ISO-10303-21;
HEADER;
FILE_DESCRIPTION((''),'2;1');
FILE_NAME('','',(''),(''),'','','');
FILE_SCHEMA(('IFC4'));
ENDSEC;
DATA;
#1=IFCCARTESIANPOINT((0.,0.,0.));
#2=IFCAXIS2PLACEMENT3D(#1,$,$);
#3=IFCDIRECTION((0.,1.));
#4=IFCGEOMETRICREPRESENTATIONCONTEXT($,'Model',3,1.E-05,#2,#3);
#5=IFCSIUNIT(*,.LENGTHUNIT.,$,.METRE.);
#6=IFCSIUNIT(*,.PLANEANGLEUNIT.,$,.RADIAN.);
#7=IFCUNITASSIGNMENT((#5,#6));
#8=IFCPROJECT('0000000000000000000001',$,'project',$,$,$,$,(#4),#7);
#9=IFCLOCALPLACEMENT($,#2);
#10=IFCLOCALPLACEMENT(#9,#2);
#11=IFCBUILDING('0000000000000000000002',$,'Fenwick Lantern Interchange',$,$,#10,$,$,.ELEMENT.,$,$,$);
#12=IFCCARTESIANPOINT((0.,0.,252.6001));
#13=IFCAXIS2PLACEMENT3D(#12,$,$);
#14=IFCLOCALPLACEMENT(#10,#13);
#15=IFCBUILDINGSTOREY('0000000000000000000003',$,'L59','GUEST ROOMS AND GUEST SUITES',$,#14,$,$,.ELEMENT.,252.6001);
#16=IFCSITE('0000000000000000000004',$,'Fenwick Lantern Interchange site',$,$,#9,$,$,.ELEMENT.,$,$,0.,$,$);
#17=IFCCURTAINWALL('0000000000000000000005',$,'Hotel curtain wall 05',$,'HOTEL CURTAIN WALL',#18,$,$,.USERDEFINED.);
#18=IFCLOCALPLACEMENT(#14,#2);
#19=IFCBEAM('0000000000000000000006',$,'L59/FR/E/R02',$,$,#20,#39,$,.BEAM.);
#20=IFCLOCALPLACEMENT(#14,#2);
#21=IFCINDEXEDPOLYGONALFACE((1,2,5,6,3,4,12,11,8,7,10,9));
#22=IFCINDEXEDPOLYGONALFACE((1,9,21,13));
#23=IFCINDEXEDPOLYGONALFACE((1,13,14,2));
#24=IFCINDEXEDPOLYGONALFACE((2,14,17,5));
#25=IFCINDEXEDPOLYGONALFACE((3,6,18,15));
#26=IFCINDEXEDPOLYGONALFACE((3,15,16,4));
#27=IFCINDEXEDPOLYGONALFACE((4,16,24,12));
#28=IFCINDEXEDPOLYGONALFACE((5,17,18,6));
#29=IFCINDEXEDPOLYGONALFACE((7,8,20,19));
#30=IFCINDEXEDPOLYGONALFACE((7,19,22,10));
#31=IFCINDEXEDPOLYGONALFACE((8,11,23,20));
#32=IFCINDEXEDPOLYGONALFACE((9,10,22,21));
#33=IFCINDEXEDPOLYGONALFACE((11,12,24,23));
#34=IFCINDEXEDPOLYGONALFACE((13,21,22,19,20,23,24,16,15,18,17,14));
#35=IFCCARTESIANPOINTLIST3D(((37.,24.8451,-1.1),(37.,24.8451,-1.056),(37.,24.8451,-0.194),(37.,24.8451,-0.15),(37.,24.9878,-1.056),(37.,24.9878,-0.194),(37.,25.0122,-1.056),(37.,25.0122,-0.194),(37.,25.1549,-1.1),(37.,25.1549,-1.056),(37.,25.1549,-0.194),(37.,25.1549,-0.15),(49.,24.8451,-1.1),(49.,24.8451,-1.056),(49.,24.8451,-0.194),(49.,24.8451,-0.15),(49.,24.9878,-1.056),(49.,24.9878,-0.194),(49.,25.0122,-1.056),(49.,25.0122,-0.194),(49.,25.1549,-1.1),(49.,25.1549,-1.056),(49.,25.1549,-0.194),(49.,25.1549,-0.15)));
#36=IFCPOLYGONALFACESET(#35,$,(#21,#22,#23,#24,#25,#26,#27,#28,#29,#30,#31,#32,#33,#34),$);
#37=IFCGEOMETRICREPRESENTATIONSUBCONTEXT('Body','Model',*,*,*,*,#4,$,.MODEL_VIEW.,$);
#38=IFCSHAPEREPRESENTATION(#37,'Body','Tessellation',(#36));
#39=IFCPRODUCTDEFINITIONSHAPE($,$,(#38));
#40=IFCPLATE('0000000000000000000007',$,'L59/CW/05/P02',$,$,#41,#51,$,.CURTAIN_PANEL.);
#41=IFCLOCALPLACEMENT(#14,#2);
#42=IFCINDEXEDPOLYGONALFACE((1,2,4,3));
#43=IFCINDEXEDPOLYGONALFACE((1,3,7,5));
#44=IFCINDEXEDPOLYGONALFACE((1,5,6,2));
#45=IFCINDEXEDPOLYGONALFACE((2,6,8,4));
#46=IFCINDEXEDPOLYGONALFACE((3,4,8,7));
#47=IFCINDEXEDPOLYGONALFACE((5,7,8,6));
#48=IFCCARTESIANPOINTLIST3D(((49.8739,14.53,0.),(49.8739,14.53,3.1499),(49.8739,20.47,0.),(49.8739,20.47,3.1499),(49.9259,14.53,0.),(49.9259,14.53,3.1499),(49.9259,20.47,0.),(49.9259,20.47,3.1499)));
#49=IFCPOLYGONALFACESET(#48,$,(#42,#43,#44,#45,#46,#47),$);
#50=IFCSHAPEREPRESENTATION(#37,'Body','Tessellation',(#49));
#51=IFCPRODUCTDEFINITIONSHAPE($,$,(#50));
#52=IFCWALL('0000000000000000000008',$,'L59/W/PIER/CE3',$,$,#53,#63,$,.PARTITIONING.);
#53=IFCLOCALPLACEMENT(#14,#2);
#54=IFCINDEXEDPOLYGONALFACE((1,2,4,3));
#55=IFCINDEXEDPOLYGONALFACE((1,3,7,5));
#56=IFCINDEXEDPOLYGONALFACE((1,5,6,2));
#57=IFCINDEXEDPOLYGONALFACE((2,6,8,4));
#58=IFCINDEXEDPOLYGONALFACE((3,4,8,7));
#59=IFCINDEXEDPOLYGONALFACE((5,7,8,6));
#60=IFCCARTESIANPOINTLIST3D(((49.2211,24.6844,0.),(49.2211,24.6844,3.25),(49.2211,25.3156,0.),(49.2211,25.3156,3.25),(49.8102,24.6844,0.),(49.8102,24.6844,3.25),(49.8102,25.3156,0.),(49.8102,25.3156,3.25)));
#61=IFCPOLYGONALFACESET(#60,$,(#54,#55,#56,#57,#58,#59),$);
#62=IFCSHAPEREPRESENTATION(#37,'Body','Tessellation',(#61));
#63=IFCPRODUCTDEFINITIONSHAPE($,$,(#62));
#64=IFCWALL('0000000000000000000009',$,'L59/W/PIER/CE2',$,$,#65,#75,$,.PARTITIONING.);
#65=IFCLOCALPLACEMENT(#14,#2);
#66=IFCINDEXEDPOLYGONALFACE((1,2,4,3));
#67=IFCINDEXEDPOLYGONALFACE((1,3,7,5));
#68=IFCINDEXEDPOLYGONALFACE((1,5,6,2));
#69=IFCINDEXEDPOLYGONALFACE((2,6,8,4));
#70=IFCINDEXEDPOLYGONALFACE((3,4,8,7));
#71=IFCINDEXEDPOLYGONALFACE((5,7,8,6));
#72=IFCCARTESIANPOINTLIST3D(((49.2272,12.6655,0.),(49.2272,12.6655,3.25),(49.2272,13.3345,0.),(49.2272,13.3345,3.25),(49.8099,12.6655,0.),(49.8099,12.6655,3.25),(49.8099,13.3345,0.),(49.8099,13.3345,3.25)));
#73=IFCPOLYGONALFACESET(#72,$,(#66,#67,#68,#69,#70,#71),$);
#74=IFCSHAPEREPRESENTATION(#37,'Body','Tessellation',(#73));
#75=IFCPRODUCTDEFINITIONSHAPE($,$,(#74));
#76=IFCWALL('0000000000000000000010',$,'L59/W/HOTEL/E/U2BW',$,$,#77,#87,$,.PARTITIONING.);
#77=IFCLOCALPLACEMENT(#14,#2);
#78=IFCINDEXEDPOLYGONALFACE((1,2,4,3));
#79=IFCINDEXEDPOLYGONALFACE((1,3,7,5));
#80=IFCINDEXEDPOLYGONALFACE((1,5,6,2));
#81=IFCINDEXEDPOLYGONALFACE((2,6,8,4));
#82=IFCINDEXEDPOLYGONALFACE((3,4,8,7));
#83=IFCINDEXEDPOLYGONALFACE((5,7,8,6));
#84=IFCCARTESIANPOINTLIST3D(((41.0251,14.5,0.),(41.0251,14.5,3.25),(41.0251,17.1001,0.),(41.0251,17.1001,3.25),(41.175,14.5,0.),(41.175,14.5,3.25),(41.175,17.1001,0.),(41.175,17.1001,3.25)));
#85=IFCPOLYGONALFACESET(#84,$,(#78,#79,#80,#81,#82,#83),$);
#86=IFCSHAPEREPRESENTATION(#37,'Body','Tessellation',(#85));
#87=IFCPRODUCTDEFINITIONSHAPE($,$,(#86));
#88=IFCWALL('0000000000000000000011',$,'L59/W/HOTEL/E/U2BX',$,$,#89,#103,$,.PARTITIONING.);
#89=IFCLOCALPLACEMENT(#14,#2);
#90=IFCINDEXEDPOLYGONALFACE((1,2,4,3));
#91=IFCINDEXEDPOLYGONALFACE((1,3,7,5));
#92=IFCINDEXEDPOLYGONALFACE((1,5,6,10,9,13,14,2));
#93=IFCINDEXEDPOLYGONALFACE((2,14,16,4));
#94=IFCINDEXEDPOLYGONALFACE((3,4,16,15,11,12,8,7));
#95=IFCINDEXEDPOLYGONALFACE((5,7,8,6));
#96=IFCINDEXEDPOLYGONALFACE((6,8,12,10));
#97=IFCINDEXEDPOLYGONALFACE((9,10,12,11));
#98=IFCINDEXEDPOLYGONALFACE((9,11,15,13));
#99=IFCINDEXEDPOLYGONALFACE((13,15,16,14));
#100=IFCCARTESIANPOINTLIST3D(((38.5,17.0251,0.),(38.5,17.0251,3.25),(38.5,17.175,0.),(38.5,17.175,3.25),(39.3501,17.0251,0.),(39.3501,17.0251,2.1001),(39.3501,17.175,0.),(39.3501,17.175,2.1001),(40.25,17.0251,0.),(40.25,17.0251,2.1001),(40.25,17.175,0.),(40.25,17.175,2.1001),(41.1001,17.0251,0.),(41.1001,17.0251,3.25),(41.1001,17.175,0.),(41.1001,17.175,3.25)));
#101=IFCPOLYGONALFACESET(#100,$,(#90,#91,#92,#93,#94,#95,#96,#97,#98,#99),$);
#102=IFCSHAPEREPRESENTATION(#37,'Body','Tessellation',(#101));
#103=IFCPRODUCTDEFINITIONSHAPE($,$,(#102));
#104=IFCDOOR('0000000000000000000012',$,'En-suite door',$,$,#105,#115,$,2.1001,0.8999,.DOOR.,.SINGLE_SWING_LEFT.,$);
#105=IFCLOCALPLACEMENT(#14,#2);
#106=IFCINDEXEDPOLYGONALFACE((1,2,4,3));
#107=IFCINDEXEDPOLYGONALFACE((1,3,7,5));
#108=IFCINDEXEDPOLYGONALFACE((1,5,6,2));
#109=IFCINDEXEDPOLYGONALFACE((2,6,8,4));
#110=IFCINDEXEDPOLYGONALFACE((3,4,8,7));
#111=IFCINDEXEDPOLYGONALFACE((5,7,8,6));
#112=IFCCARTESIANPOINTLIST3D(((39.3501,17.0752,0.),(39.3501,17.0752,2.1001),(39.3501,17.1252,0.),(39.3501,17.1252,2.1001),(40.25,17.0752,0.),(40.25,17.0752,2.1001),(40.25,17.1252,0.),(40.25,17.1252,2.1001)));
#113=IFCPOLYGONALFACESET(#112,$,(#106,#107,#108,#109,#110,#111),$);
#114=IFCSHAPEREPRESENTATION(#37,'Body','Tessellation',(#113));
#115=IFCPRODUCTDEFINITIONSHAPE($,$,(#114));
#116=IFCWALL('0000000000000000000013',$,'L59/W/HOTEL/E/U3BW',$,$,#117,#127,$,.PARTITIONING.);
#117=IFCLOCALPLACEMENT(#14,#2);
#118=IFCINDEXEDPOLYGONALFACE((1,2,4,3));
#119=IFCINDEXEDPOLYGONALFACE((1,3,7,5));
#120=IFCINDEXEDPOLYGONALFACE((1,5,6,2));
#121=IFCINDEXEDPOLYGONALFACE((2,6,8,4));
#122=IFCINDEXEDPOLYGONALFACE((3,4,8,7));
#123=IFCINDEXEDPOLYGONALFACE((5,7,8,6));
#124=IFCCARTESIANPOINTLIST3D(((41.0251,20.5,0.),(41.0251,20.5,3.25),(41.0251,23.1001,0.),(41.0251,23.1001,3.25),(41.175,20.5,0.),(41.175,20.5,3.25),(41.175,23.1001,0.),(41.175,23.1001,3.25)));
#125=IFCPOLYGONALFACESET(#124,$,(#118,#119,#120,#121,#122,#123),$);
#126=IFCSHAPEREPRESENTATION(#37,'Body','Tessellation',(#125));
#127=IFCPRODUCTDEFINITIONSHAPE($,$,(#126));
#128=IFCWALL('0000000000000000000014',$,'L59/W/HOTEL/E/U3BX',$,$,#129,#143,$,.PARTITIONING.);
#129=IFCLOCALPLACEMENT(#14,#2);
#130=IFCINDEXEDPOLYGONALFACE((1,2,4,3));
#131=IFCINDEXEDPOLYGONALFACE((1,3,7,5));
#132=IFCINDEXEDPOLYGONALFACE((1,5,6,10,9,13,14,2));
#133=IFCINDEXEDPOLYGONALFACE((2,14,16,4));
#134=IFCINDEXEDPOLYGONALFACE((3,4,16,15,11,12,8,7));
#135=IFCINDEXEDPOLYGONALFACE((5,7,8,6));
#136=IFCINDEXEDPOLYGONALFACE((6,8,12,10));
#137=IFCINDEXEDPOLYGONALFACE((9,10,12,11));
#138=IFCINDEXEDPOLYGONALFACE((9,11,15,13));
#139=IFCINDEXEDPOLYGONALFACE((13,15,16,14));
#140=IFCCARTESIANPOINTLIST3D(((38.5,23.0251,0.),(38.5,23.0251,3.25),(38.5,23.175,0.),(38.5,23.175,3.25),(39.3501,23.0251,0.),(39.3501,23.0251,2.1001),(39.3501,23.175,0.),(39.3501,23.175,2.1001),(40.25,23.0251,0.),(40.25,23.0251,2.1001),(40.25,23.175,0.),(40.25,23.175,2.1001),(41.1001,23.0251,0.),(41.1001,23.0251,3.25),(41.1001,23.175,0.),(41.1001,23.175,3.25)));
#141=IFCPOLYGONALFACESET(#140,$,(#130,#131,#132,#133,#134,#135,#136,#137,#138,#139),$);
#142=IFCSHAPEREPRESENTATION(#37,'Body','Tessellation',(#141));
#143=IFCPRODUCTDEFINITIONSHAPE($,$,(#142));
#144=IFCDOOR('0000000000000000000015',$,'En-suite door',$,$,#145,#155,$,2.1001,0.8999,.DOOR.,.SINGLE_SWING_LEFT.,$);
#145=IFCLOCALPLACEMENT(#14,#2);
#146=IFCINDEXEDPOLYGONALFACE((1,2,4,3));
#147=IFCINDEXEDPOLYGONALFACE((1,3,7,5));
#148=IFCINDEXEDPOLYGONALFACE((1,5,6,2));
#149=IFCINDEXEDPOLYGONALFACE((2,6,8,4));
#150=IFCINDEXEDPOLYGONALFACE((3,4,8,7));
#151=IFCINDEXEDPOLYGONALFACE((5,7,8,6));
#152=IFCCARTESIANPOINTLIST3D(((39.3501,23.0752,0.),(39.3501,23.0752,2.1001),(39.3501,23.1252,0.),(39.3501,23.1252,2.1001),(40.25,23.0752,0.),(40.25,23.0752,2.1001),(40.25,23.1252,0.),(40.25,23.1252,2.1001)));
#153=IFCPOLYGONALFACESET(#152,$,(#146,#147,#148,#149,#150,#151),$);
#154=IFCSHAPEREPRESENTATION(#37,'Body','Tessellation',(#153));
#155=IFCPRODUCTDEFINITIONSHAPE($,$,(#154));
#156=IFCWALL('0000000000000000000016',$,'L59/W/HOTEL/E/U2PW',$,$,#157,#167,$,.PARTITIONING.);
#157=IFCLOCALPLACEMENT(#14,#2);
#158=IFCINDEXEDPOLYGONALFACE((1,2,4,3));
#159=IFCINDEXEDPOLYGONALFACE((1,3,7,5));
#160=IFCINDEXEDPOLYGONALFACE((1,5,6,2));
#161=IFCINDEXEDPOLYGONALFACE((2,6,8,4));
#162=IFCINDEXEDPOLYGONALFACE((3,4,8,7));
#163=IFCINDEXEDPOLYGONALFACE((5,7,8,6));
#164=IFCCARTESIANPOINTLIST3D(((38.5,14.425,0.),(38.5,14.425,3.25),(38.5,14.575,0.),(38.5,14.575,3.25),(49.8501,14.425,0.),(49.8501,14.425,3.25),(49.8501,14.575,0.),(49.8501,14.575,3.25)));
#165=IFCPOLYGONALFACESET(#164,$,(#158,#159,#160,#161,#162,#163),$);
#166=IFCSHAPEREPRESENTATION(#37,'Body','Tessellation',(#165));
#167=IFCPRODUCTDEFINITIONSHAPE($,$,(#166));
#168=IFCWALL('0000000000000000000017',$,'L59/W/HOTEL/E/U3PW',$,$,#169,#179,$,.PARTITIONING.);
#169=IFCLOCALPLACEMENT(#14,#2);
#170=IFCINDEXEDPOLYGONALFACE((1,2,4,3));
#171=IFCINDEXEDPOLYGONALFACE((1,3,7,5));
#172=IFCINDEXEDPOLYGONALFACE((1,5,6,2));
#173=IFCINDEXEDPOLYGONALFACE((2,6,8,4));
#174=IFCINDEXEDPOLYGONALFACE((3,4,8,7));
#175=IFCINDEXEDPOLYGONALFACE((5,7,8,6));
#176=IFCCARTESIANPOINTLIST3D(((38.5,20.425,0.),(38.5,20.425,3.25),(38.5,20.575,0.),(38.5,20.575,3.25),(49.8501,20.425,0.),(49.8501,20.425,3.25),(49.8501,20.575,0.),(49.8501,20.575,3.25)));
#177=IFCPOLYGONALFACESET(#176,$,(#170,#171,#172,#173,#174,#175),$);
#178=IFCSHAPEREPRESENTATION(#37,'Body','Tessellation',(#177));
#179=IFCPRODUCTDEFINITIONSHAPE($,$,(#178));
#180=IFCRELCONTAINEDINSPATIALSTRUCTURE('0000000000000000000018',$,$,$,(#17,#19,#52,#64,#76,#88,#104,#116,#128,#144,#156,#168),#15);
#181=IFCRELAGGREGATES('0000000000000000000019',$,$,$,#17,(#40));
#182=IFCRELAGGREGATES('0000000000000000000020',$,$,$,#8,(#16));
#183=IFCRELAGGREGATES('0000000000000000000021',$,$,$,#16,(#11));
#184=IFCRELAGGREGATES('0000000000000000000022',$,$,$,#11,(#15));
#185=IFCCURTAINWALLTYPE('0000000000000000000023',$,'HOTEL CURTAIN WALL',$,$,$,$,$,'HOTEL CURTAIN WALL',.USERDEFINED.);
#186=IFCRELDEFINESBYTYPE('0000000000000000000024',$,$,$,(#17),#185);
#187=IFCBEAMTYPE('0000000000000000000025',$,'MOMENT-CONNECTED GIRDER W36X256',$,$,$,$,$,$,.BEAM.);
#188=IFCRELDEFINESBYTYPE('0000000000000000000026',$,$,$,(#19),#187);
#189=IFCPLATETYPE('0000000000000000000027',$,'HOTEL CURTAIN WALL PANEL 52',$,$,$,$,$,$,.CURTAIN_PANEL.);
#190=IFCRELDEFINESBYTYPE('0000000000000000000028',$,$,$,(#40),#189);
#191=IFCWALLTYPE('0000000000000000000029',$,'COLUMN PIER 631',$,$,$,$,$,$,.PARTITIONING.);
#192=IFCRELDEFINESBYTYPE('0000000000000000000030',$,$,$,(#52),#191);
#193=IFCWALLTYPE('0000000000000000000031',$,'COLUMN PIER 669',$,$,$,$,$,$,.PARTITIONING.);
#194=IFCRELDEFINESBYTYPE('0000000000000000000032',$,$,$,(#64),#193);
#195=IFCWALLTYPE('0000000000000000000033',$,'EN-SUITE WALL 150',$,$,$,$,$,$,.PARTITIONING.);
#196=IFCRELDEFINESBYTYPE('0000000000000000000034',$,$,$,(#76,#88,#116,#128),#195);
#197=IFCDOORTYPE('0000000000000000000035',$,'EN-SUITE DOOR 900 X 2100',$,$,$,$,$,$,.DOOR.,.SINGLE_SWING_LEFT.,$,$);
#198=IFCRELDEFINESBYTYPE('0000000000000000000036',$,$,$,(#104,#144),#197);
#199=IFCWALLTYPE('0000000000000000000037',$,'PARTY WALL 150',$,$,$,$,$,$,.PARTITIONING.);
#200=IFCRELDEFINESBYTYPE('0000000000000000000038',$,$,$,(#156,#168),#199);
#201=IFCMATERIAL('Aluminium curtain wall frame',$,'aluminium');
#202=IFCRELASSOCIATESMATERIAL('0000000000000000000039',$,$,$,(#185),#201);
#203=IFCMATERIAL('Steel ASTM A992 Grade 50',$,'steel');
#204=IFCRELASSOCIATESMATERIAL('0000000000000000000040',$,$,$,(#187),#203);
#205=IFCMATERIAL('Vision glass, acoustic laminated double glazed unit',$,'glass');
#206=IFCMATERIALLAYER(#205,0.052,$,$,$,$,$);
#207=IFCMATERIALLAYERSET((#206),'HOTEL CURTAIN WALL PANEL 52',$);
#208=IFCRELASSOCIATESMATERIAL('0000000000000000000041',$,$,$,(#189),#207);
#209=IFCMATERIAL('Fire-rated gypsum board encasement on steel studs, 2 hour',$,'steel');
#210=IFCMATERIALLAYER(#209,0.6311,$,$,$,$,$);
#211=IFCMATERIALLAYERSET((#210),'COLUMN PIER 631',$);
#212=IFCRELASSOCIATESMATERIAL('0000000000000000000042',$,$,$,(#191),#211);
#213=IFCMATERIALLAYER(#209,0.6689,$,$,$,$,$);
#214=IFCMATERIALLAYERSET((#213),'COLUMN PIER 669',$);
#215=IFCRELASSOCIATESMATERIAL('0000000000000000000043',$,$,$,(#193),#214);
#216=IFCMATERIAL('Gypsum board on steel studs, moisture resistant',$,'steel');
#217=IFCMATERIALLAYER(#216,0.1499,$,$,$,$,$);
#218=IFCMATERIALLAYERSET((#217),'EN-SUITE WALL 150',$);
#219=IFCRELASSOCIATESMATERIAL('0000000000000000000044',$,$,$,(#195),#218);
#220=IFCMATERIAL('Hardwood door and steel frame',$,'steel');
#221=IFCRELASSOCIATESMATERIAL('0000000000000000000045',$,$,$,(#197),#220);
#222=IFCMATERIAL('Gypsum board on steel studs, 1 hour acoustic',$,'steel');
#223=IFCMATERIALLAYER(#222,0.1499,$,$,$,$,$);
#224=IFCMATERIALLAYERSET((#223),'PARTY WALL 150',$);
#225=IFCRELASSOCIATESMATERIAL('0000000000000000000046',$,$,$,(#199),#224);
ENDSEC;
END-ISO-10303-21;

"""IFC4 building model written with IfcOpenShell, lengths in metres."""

from ifc_helpers import new_model, si_unit, direction, frame, frame_2d, origin, origin_2d, place, context, subcontext, project, spatial, rectangle, i_section, extrude, material, layer, layer_set, material_profile, profile_set, type_object, element, fill, aggregate, save


model = new_model("IFC4")

# Units and contexts
model_context = context("Model", 3, precision=1e-05, world=origin(), true_north=direction((0.0, 1.0)))
body_context = subcontext(model_context, "Body", "Model", "MODEL_VIEW")
ifc_project = project(units=[si_unit("LENGTHUNIT", "METRE"), si_unit("PLANEANGLEUNIT", "RADIAN")], contexts=[model_context])

# Site, building, storey
site_placement = place(None, origin())
site = spatial("IfcSite", under=ifc_project, at=site_placement, Name="Fenwick Lantern Interchange site", CompositionType="ELEMENT", RefElevation=0.0)
building_placement = place(site_placement, origin())
building = spatial("IfcBuilding", under=site, at=building_placement, Name="Fenwick Lantern Interchange", CompositionType="ELEMENT")
storey_placement = place(building_placement, frame((0.0, 0.0, 252.6001)))
storey = spatial("IfcBuildingStorey", under=building, at=storey_placement, Name="L59", Description="GUEST ROOMS AND GUEST SUITES", CompositionType="ELEMENT", Elevation=252.6001)

# Shared definitions
ifc_material_1 = material(Name="Steel ASTM A992 Grade 50", Category="steel")

# Curtain wall
ifc_material_2 = material(Name="Aluminium curtain wall frame", Category="aluminium")
curtain_wall_type = type_object("IfcCurtainWallType", Name="HOTEL CURTAIN WALL", ElementType="HOTEL CURTAIN WALL", PredefinedType="USERDEFINED", material=ifc_material_2)
curtain_wall_placement = place(storey_placement, origin())
curtain_wall = element("IfcCurtainWall", 1, at=curtain_wall_placement, inside=storey, type_object=curtain_wall_type, Name="Hotel curtain wall 05", ObjectType="HOTEL CURTAIN WALL", PredefinedType="USERDEFINED")

# Beam
ifc_material_profile_1 = material_profile(ifc_material_1, i_section(OverallWidth=0.3098, OverallDepth=0.95, WebThickness=0.0244, FlangeThickness=0.0439, at=origin_2d()), Name="W36X256")
ifc_profile_set_1 = profile_set([ifc_material_profile_1], Name="Steel ASTM A992 Grade 50")
beam_type_1 = type_object("IfcBeamType", Name="MOMENT-CONNECTED GIRDER W36X256", PredefinedType="BEAM", material=ifc_profile_set_1)
beam_1_placement = place(storey_placement, frame((49.0, 25.0, -0.625), z_axis=(-1.0, 0.0, 0.0), x_axis=(0.0, -1.0, 0.0)))
element("IfcBeam", 2, at=beam_1_placement, inside=storey, type_object=beam_type_1, Name="L59/FR/E/R02", PredefinedType="BEAM", context=body_context, shape_type="SweptSolid", body=[
    extrude(i_section(OverallWidth=0.3098, OverallDepth=0.95, WebThickness=0.0244, FlangeThickness=0.0439, at=origin_2d()), origin(), (0.0, 0.0, 1.0), 12.0),
])

# Plate
ifc_material_3 = material(Name="Vision glass, acoustic laminated double glazed unit", Category="glass")
ifc_layer_1 = layer(ifc_material_3, 0.052)
ifc_layer_set_1 = layer_set([ifc_layer_1], Name="HOTEL CURTAIN WALL PANEL 52")
plate_type = type_object("IfcPlateType", Name="HOTEL CURTAIN WALL PANEL 52", PredefinedType="CURTAIN_PANEL", material=ifc_layer_set_1)
plate_placement = place(storey_placement, frame((49.8999, 17.5, 0.0), z_axis=(0.0, 0.0, 1.0), x_axis=(0.0, 1.0, 0.0)))
plate = element("IfcPlate", 3, at=plate_placement, type_object=plate_type, Name="L59/CW/05/P02", PredefinedType="CURTAIN_PANEL", context=body_context, shape_type="SweptSolid", body=[
    extrude(rectangle(XDim=5.9399, YDim=0.052, at=origin_2d()), origin(), (0.0, 0.0, 1.0), 3.1499),
])
aggregate(curtain_wall, [plate])

# Walls
ifc_material_4 = material(Name="Fire-rated gypsum board encasement on steel studs, 2 hour", Category="steel")
ifc_layer_2 = layer(ifc_material_4, 0.6311)
ifc_layer_set_2 = layer_set([ifc_layer_2], Name="COLUMN PIER 631")
wall_type_1 = type_object("IfcWallType", Name="COLUMN PIER 631", PredefinedType="PARTITIONING", material=ifc_layer_set_2)
wall_1_placement = place(storey_placement, frame((49.8101, 25.0, 0.0), z_axis=(0.0, 0.0, 1.0), x_axis=(-1.0, 0.0, 0.0)))
element("IfcWall", 4, at=wall_1_placement, inside=storey, type_object=wall_type_1, Name="L59/W/PIER/CE3", PredefinedType="PARTITIONING", context=body_context, shape_type="SweptSolid", body=[
    extrude(rectangle(XDim=0.5891, YDim=0.6311, at=frame_2d((0.2944, 0.0))), origin(), (0.0, 0.0, 1.0), 3.25),
])
ifc_layer_3 = layer(ifc_material_4, 0.6689)
ifc_layer_set_3 = layer_set([ifc_layer_3], Name="COLUMN PIER 669")
wall_type_2 = type_object("IfcWallType", Name="COLUMN PIER 669", PredefinedType="PARTITIONING", material=ifc_layer_set_3)
wall_2_placement = place(storey_placement, frame((49.8101, 13.0, 0.0), z_axis=(0.0, 0.0, 1.0), x_axis=(-1.0, 0.0, 0.0)))
element("IfcWall", 5, at=wall_2_placement, inside=storey, type_object=wall_type_2, Name="L59/W/PIER/CE2", PredefinedType="PARTITIONING", context=body_context, shape_type="SweptSolid", body=[
    extrude(rectangle(XDim=0.5828, YDim=0.6689, at=frame_2d((0.2915, 0.0))), origin(), (0.0, 0.0, 1.0), 3.25),
])
ifc_material_5 = material(Name="Gypsum board on steel studs, moisture resistant", Category="steel")
ifc_layer_4 = layer(ifc_material_5, 0.1499)
ifc_layer_set_4 = layer_set([ifc_layer_4], Name="EN-SUITE WALL 150")
wall_type_3 = type_object("IfcWallType", Name="EN-SUITE WALL 150", PredefinedType="PARTITIONING", material=ifc_layer_set_4)
wall_3_placement = place(storey_placement, frame((41.1001, 14.5, 0.0), z_axis=(0.0, 0.0, 1.0), x_axis=(0.0, 1.0, 0.0)))
element("IfcWall", 6, at=wall_3_placement, inside=storey, type_object=wall_type_3, Name="L59/W/HOTEL/E/U2BW", PredefinedType="PARTITIONING", context=body_context, shape_type="SweptSolid", body=[
    extrude(rectangle(XDim=2.6001, YDim=0.1499, at=frame_2d((1.3, 0.0))), origin(), (0.0, 0.0, 1.0), 3.25),
])

# Wall, opening, door
wall_4_placement = place(storey_placement, frame((41.1001, 17.1001, 0.0), z_axis=(0.0, 0.0, 1.0), x_axis=(-1.0, 0.0, 0.0)))
wall_4 = element("IfcWall", 7, at=wall_4_placement, inside=storey, type_object=wall_type_3, Name="L59/W/HOTEL/E/U2BX", PredefinedType="PARTITIONING", context=body_context, shape_type="SweptSolid", body=[
    extrude(rectangle(XDim=2.6001, YDim=0.1499, at=frame_2d((1.3, 0.0))), origin(), (0.0, 0.0, 1.0), 3.25),
])
opening_1_placement = place(wall_4_placement, frame((0.8501, 0.0, 0.0)))
opening_1 = element("IfcOpeningElement", 8, at=opening_1_placement, cuts=wall_4, PredefinedType="OPENING", context=body_context, shape_type="SweptSolid", body=[
    extrude(rectangle(XDim=0.8999, YDim=2.1001, at=frame_2d((0.45, 1.05))), frame((0.0, 0.085, 0.0), z_axis=(0.0, -1.0, 0.0), x_axis=(1.0, 0.0, 0.0)), (0.0, 0.0, 1.0), 0.1699),
])
ifc_material_6 = material(Name="Hardwood door and steel frame", Category="steel")
door_type = type_object("IfcDoorType", Name="EN-SUITE DOOR 900 X 2100", OperationType="SINGLE_SWING_LEFT", PredefinedType="DOOR", material=ifc_material_6)
door_1_placement = place(opening_1_placement, origin())
door_1 = element("IfcDoor", 9, at=door_1_placement, inside=storey, type_object=door_type, Name="En-suite door", OperationType="SINGLE_SWING_LEFT", OverallHeight=2.1001, OverallWidth=0.8999, PredefinedType="DOOR", context=body_context, shape_type="SweptSolid", body=[
    extrude(rectangle(XDim=0.8999, YDim=2.1001, at=frame_2d((0.45, 1.05))), frame((0.0, 0.0249, 0.0), z_axis=(0.0, -1.0, 0.0), x_axis=(1.0, 0.0, 0.0)), (0.0, 0.0, 1.0), 0.05),
])
fill(opening_1, door_1)

# Wall
wall_5_placement = place(storey_placement, frame((41.1001, 20.5, 0.0), z_axis=(0.0, 0.0, 1.0), x_axis=(0.0, 1.0, 0.0)))
element("IfcWall", 10, at=wall_5_placement, inside=storey, type_object=wall_type_3, Name="L59/W/HOTEL/E/U3BW", PredefinedType="PARTITIONING", context=body_context, shape_type="SweptSolid", body=[
    extrude(rectangle(XDim=2.6001, YDim=0.1499, at=frame_2d((1.3, 0.0))), origin(), (0.0, 0.0, 1.0), 3.25),
])

# Wall, opening, door
wall_6_placement = place(storey_placement, frame((41.1001, 23.1001, 0.0), z_axis=(0.0, 0.0, 1.0), x_axis=(-1.0, 0.0, 0.0)))
wall_6 = element("IfcWall", 11, at=wall_6_placement, inside=storey, type_object=wall_type_3, Name="L59/W/HOTEL/E/U3BX", PredefinedType="PARTITIONING", context=body_context, shape_type="SweptSolid", body=[
    extrude(rectangle(XDim=2.6001, YDim=0.1499, at=frame_2d((1.3, 0.0))), origin(), (0.0, 0.0, 1.0), 3.25),
])
opening_2_placement = place(wall_6_placement, frame((0.8501, 0.0, 0.0)))
opening_2 = element("IfcOpeningElement", 12, at=opening_2_placement, cuts=wall_6, PredefinedType="OPENING", context=body_context, shape_type="SweptSolid", body=[
    extrude(rectangle(XDim=0.8999, YDim=2.1001, at=frame_2d((0.45, 1.05))), frame((0.0, 0.085, 0.0), z_axis=(0.0, -1.0, 0.0), x_axis=(1.0, 0.0, 0.0)), (0.0, 0.0, 1.0), 0.1699),
])
door_2_placement = place(opening_2_placement, origin())
door_2 = element("IfcDoor", 13, at=door_2_placement, inside=storey, type_object=door_type, Name="En-suite door", OperationType="SINGLE_SWING_LEFT", OverallHeight=2.1001, OverallWidth=0.8999, PredefinedType="DOOR", context=body_context, shape_type="SweptSolid", body=[
    extrude(rectangle(XDim=0.8999, YDim=2.1001, at=frame_2d((0.45, 1.05))), frame((0.0, 0.0249, 0.0), z_axis=(0.0, -1.0, 0.0), x_axis=(1.0, 0.0, 0.0)), (0.0, 0.0, 1.0), 0.05),
])
fill(opening_2, door_2)

# Walls
ifc_material_7 = material(Name="Gypsum board on steel studs, 1 hour acoustic", Category="steel")
ifc_layer_5 = layer(ifc_material_7, 0.1499)
ifc_layer_set_5 = layer_set([ifc_layer_5], Name="PARTY WALL 150")
wall_type_4 = type_object("IfcWallType", Name="PARTY WALL 150", PredefinedType="PARTITIONING", material=ifc_layer_set_5)
for number, where, z_axis, x_axis, name in (
    (14, (49.8501, 14.5, 0.0), (0.0, 0.0, 1.0), (-1.0, 0.0, 0.0), "L59/W/HOTEL/E/U2PW"),
    (15, (49.8501, 20.5, 0.0), (0.0, 0.0, 1.0), (-1.0, 0.0, 0.0), "L59/W/HOTEL/E/U3PW"),
):
    element("IfcWall", number, at=place(storey_placement, frame(where, z_axis=z_axis, x_axis=x_axis)), inside=storey, type_object=wall_type_4, Name=name, PredefinedType="PARTITIONING", context=body_context, shape_type="SweptSolid", body=[
        extrude(rectangle(XDim=11.3501, YDim=0.1499, at=frame_2d((5.675, 0.0))), origin(), (0.0, 0.0, 1.0), 3.25),
    ])

save(model, "model.ifc")
